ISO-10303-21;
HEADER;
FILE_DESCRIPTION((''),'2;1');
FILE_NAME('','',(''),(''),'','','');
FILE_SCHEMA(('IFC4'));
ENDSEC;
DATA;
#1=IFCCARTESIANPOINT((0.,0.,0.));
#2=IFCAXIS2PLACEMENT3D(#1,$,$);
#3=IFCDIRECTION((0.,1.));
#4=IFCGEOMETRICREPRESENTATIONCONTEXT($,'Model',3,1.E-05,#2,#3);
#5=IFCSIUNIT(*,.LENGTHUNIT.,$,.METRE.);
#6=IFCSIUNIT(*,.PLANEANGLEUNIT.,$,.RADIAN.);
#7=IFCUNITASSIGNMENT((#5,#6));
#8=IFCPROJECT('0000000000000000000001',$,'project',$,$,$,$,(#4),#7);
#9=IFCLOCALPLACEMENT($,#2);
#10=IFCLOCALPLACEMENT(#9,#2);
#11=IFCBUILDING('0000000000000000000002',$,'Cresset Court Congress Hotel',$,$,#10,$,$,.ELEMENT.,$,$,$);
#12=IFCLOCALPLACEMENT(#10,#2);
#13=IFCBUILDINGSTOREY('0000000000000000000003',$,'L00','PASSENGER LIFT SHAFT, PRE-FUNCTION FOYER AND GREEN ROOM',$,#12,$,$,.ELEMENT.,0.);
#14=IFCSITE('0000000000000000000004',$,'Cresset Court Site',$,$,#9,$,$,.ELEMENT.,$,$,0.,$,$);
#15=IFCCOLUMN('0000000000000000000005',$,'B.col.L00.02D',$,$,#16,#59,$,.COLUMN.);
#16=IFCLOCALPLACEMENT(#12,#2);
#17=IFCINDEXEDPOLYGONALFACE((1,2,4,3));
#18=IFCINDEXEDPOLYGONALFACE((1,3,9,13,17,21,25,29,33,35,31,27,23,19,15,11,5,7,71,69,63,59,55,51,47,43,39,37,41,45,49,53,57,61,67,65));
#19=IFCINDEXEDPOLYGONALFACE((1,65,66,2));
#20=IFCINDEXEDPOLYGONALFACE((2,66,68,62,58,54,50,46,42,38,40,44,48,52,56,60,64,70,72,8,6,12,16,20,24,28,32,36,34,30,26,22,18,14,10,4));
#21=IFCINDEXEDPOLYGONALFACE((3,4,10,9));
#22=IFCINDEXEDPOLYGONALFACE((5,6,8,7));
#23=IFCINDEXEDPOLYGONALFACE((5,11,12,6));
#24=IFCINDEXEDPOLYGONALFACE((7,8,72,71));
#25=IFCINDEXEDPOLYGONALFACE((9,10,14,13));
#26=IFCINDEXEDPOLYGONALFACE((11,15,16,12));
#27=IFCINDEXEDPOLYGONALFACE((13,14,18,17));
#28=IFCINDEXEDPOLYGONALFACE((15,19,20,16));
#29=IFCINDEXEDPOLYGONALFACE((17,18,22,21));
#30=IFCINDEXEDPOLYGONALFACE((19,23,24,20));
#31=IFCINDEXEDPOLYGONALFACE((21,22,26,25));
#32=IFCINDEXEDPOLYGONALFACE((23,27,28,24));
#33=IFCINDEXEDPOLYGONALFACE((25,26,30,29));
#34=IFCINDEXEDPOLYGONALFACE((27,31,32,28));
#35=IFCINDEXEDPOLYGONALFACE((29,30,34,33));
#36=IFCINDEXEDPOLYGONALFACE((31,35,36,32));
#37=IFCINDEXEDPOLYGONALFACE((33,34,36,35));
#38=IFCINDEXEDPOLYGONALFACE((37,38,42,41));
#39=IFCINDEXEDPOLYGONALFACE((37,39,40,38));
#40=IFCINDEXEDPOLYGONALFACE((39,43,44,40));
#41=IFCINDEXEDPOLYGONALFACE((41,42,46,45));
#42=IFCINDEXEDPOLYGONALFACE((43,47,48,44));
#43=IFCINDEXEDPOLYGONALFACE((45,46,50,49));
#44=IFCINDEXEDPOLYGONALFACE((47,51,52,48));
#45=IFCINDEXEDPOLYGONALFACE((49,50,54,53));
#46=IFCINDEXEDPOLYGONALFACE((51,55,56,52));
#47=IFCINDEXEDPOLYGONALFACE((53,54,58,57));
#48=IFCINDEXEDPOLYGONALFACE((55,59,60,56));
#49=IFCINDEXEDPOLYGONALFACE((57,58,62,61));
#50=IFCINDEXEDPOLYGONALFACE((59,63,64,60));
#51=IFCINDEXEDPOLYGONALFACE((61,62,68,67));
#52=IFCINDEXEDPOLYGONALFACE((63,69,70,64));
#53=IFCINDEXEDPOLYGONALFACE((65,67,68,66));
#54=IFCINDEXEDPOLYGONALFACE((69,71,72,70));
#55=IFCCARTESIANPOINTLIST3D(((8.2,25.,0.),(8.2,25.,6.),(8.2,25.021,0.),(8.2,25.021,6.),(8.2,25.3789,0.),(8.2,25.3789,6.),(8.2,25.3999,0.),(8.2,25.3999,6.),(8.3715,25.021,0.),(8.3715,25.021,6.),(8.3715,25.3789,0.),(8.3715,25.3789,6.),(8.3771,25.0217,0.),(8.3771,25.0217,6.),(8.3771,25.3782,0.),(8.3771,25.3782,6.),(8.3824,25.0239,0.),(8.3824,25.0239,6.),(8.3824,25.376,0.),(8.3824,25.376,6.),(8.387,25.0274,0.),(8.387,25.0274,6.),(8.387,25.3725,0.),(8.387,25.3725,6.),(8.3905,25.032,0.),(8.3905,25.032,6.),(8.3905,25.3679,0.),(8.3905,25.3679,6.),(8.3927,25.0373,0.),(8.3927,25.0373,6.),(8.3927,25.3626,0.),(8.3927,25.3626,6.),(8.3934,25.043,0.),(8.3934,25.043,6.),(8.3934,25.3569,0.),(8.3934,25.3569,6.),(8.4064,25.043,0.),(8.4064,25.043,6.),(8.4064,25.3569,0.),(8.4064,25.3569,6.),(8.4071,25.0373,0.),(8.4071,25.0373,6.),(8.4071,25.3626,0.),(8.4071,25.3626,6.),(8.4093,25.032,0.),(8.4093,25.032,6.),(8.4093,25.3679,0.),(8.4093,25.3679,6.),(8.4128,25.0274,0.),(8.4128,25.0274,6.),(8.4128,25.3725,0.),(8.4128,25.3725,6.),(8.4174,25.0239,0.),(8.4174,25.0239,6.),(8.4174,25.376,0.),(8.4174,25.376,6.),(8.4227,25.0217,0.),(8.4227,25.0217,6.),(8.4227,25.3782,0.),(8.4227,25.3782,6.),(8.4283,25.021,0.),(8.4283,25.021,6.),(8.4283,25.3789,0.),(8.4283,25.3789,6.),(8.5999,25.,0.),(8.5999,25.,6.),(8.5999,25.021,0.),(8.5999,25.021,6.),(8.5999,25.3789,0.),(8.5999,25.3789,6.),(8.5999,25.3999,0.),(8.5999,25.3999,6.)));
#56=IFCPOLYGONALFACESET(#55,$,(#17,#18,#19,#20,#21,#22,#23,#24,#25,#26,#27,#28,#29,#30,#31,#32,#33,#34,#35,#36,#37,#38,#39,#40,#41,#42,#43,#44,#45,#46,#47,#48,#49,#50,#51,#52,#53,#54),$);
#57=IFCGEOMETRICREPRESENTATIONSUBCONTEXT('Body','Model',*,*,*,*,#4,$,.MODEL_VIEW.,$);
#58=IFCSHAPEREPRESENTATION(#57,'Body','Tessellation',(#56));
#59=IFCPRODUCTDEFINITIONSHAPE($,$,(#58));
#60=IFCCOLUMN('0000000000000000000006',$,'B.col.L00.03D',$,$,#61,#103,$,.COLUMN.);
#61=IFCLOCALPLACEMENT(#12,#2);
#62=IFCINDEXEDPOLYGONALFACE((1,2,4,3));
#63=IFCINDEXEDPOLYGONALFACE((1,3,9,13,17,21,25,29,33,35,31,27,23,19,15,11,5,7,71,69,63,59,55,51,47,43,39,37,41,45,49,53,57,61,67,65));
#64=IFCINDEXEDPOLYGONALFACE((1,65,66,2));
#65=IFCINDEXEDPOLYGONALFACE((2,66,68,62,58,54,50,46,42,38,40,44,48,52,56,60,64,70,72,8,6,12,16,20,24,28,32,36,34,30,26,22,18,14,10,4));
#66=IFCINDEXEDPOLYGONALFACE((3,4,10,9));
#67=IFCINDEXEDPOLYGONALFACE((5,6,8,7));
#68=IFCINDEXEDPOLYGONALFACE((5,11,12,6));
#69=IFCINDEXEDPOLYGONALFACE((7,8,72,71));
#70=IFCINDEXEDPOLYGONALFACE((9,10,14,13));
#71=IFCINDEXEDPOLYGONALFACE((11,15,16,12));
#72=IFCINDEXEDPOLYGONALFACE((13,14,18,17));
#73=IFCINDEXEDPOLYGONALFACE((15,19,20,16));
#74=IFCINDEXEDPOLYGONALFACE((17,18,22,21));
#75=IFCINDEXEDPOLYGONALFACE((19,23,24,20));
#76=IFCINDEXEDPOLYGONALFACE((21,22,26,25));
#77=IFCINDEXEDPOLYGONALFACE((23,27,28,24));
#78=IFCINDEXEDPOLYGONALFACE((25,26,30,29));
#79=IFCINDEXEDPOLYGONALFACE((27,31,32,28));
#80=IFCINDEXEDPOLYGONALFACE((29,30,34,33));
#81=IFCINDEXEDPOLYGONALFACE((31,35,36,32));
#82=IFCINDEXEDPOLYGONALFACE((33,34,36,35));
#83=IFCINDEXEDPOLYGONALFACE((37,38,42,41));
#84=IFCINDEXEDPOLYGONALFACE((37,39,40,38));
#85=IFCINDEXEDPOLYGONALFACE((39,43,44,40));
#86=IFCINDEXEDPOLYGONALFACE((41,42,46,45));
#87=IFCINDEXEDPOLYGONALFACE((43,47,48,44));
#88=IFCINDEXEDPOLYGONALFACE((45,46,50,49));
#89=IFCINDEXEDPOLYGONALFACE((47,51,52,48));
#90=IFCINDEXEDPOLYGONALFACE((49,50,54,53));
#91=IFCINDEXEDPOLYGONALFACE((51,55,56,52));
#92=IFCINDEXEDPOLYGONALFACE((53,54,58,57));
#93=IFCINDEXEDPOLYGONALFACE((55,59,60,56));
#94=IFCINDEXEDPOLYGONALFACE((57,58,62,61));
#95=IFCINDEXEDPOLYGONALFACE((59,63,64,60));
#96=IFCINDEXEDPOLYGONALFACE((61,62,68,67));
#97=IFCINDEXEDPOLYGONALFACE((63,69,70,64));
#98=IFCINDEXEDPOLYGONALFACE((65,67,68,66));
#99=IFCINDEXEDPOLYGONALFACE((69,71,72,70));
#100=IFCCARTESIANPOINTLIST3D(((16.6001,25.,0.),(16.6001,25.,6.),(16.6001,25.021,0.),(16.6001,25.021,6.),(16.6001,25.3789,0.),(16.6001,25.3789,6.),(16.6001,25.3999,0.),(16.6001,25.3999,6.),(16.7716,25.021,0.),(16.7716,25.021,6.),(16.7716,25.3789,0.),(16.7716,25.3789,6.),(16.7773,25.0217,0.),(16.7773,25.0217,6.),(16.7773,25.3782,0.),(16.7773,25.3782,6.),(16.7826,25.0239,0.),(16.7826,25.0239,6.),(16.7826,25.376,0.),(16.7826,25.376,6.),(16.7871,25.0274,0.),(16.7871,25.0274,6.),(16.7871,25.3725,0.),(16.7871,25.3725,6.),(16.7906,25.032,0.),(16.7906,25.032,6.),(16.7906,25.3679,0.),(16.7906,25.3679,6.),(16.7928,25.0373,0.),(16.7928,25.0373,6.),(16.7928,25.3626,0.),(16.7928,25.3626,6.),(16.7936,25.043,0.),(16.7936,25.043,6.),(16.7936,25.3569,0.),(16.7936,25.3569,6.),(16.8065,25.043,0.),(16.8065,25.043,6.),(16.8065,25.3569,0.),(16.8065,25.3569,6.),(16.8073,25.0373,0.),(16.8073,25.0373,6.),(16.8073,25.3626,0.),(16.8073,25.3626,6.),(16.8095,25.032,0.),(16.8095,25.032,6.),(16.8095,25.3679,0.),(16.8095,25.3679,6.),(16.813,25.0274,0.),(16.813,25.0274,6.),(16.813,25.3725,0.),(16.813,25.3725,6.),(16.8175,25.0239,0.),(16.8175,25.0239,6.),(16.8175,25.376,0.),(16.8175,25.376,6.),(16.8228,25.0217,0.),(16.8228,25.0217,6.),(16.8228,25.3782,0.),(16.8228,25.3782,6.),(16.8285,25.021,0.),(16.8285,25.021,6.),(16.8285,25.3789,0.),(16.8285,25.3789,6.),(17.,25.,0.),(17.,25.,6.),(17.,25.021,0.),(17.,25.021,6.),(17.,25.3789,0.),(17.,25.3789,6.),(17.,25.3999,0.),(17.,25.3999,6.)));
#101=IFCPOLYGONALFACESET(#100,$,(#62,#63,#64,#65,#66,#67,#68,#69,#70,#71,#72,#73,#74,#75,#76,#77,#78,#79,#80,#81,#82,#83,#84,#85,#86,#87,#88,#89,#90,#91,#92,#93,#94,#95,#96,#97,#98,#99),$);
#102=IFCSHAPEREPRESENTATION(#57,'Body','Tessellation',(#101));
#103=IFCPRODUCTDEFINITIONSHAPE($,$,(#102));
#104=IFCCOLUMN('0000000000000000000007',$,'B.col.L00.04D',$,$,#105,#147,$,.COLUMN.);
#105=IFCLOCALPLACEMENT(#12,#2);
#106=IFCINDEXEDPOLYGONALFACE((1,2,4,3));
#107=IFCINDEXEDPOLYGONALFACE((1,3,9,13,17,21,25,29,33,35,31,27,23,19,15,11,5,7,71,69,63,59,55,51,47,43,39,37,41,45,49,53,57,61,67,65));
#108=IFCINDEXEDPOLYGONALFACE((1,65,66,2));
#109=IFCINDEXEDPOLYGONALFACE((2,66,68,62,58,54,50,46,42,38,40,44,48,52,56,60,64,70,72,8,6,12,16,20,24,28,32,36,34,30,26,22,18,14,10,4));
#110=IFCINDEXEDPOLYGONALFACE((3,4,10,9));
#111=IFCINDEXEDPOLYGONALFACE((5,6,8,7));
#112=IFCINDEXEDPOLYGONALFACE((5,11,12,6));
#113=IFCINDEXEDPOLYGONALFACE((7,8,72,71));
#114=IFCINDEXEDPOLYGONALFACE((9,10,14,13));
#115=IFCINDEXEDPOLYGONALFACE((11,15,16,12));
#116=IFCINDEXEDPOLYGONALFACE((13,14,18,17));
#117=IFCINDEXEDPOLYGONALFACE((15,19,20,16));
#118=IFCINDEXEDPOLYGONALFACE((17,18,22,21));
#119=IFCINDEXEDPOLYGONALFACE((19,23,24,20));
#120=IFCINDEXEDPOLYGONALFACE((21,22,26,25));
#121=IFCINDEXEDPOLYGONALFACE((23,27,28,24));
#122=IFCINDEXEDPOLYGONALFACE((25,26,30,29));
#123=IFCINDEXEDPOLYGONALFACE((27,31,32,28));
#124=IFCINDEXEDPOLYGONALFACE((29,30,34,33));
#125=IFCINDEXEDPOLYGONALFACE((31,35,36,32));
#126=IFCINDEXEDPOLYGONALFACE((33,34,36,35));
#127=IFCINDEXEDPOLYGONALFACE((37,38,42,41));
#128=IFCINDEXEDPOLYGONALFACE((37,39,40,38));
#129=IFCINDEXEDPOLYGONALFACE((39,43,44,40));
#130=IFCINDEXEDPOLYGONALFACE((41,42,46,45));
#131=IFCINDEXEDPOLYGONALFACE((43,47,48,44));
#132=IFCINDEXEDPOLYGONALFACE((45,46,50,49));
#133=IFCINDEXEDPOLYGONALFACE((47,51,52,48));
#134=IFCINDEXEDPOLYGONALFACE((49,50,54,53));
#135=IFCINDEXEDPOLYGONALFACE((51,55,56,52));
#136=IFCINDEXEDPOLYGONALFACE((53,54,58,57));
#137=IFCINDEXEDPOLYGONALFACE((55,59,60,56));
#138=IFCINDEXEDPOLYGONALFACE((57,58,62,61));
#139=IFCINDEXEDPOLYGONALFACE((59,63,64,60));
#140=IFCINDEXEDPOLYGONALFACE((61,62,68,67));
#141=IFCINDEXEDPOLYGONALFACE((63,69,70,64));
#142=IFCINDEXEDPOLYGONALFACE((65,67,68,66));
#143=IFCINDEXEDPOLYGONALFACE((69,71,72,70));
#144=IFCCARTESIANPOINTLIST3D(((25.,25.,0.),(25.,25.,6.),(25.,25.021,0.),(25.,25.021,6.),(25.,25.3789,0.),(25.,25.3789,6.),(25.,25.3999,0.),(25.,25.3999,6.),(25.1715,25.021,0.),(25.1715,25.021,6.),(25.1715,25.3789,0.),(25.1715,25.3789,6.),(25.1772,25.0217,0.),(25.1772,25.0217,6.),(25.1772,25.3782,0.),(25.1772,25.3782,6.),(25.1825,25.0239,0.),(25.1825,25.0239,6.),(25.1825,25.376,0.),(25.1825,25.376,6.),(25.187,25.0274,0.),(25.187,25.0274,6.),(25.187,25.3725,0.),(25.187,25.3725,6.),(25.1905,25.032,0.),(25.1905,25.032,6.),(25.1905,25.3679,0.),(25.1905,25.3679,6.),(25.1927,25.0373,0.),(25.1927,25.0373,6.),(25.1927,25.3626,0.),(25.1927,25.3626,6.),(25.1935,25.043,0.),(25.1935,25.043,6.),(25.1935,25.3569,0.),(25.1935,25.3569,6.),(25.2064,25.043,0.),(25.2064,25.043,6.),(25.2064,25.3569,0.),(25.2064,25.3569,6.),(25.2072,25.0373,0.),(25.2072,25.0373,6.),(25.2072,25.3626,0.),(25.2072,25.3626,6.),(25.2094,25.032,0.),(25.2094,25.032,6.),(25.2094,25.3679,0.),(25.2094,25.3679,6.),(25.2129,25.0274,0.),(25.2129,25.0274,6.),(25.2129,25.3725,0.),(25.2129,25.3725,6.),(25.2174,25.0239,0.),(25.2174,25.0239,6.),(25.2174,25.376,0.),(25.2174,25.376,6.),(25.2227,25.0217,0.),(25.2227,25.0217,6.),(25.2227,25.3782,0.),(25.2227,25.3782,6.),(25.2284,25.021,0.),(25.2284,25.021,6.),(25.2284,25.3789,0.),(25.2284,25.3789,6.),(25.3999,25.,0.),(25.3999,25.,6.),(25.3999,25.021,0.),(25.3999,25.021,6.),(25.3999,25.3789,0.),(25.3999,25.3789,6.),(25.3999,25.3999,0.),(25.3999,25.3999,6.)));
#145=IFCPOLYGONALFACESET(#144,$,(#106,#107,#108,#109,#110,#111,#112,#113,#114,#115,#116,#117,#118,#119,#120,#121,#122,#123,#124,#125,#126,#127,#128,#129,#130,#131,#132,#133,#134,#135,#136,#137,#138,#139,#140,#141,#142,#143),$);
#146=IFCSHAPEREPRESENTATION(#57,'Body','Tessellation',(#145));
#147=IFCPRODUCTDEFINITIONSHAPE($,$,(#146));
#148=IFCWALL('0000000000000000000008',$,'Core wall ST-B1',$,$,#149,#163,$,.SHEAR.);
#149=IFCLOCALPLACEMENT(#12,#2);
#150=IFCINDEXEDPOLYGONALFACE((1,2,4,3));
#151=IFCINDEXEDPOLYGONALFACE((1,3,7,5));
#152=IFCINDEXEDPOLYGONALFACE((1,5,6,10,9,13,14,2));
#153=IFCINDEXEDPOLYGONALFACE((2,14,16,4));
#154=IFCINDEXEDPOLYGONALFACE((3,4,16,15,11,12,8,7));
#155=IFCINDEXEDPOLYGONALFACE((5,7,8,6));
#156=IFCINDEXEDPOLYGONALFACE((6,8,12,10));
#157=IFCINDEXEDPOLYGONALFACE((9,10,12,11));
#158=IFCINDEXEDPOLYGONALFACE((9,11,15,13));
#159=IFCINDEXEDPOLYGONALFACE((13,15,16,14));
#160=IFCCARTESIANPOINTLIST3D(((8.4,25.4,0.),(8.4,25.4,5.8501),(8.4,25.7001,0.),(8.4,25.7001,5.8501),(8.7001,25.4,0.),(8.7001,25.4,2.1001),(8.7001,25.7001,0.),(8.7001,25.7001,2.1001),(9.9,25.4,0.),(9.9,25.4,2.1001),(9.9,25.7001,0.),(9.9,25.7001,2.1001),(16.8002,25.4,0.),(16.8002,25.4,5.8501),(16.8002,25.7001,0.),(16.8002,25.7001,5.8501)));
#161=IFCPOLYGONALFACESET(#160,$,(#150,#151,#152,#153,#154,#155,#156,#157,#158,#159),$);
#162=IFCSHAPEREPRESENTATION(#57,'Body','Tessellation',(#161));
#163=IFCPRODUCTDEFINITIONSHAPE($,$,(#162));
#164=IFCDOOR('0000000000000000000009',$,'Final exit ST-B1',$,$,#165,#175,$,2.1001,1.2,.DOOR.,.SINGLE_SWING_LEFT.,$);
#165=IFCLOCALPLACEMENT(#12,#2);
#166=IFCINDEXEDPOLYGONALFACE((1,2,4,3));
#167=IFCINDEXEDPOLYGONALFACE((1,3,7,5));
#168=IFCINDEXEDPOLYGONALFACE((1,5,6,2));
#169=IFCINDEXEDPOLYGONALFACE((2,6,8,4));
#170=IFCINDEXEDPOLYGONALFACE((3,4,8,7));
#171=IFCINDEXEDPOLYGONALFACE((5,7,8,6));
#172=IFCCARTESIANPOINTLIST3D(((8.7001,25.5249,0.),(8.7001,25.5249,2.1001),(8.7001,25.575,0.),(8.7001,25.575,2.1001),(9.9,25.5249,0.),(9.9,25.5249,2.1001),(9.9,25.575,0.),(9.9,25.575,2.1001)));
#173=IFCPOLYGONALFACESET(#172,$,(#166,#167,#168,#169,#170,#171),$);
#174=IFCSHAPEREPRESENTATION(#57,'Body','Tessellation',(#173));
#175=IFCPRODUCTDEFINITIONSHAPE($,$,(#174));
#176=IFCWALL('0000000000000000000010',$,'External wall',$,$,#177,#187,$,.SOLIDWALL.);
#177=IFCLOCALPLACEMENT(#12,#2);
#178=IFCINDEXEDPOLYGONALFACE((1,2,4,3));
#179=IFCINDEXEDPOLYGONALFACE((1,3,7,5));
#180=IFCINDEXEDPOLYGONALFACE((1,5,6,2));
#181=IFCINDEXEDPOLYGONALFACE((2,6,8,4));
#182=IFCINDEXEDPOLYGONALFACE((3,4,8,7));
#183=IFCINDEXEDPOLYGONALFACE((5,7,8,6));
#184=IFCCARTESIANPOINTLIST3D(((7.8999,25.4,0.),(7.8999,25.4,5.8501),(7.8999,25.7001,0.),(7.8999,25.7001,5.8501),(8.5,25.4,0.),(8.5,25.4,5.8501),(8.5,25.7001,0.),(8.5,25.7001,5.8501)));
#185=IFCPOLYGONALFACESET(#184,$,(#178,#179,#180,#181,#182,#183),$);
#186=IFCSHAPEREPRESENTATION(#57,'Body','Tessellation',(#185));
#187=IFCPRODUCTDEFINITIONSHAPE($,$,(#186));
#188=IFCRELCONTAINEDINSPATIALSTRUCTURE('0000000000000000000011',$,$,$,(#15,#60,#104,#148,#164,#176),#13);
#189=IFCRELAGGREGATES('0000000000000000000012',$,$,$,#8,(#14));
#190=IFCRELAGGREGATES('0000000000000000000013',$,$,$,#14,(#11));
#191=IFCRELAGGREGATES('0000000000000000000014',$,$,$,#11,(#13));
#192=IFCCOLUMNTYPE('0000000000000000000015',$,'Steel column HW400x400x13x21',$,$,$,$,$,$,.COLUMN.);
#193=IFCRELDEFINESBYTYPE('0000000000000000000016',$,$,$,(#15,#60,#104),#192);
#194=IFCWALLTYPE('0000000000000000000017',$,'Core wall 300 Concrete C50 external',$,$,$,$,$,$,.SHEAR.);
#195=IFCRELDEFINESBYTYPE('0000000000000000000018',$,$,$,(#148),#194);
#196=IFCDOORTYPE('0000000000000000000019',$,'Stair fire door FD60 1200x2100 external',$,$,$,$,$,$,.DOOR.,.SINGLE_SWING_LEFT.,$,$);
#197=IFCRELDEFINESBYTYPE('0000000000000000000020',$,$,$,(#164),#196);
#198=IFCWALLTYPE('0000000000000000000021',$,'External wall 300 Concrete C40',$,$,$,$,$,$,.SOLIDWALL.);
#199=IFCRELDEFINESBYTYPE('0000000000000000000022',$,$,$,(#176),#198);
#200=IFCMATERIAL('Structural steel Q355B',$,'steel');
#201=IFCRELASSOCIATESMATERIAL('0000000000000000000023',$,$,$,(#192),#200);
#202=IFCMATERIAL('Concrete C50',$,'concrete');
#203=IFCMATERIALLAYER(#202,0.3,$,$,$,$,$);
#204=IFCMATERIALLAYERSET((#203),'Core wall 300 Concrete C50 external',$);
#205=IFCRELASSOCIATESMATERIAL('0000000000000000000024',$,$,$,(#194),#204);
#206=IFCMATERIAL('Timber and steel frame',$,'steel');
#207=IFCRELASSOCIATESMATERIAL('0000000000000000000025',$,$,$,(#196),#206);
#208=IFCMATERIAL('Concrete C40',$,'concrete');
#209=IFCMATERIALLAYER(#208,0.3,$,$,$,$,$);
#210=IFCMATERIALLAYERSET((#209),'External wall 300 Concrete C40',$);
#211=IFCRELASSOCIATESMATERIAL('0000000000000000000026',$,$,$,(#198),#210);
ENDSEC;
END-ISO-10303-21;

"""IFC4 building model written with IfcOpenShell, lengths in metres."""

from ifc_helpers import new_model, si_unit, direction, frame, frame_2d, origin, origin_2d, place, context, subcontext, project, spatial, rectangle, i_section, extrude, material, layer, layer_set, material_profile, profile_set, type_object, element, fill, save


model = new_model("IFC4")

# Units and contexts
model_context = context("Model", 3, precision=1e-05, world=origin(), true_north=direction((0.0, 1.0)))
body_context = subcontext(model_context, "Body", "Model", "MODEL_VIEW")
ifc_project = project(units=[si_unit("LENGTHUNIT", "METRE"), si_unit("PLANEANGLEUNIT", "RADIAN")], contexts=[model_context])

# Site, building, storey
site_placement = place(None, origin())
site = spatial("IfcSite", under=ifc_project, at=site_placement, Name="Cresset Court Site", CompositionType="ELEMENT", RefElevation=0.0)
building_placement = place(site_placement, origin())
building = spatial("IfcBuilding", under=site, at=building_placement, Name="Cresset Court Congress Hotel", CompositionType="ELEMENT")
storey_placement = place(building_placement, origin())
storey = spatial("IfcBuildingStorey", under=building, at=storey_placement, Name="L00", Description="PASSENGER LIFT SHAFT, PRE-FUNCTION FOYER AND GREEN ROOM", CompositionType="ELEMENT", Elevation=0.0)

# Columns
ifc_material_1 = material(Name="Structural steel Q355B", Category="steel")
ifc_material_profile = material_profile(ifc_material_1, i_section(OverallWidth=0.3999, OverallDepth=0.3999, WebThickness=0.0129, FlangeThickness=0.021, FilletRadius=0.022, at=origin_2d()), Name="HW400x400x13x21")
ifc_profile_set = profile_set([ifc_material_profile], Name="Structural steel Q355B")
column_type = type_object("IfcColumnType", Name="Steel column HW400x400x13x21", PredefinedType="COLUMN", material=ifc_profile_set)
for number, where, z_axis, x_axis, name in (
    (1, (8.3999, 25.2, 0.0), (0.0, 0.0, 1.0), (1.0, 0.0, 0.0), "B.col.L00.02D"),
    (2, (16.8, 25.2, 0.0), (0.0, 0.0, 1.0), (1.0, 0.0, 0.0), "B.col.L00.03D"),
    (3, (25.2, 25.2, 0.0), (0.0, 0.0, 1.0), (1.0, 0.0, 0.0), "B.col.L00.04D"),
):
    element("IfcColumn", number, at=place(storey_placement, frame(where, z_axis=z_axis, x_axis=x_axis)), inside=storey, type_object=column_type, Name=name, PredefinedType="COLUMN", context=body_context, shape_type="SweptSolid", body=[
        extrude(i_section(OverallWidth=0.3999, OverallDepth=0.3999, WebThickness=0.0129, FlangeThickness=0.021, FilletRadius=0.022, at=origin_2d()), origin(), (0.0, 0.0, 1.0), 6.0),
    ])

# Wall, opening, door
ifc_material_2 = material(Name="Concrete C50", Category="concrete")
ifc_layer_1 = layer(ifc_material_2, 0.3)
ifc_layer_set_1 = layer_set([ifc_layer_1], Name="Core wall 300 Concrete C50 external")
wall_type_1 = type_object("IfcWallType", Name="Core wall 300 Concrete C50 external", PredefinedType="SHEAR", material=ifc_layer_set_1)
wall_1_placement = place(storey_placement, frame((8.3999, 25.55, 0.0), z_axis=(0.0, 0.0, 1.0), x_axis=(1.0, 0.0, 0.0)))
wall_1 = element("IfcWall", 4, at=wall_1_placement, inside=storey, type_object=wall_type_1, Name="Core wall ST-B1", PredefinedType="SHEAR", context=body_context, shape_type="SweptSolid", body=[
    extrude(rectangle(XDim=8.4001, YDim=0.3, at=frame_2d((4.2002, 0.0))), origin(), (0.0, 0.0, 1.0), 5.8501),
])
opening_placement = place(wall_1_placement, frame((0.3, 0.0, 0.0)))
opening = element("IfcOpeningElement", 5, at=opening_placement, cuts=wall_1, PredefinedType="OPENING", context=body_context, shape_type="SweptSolid", body=[
    extrude(rectangle(XDim=1.2, YDim=2.1001, at=frame_2d((0.6001, 1.05))), frame((0.0, 0.1599, 0.0), z_axis=(0.0, -1.0, 0.0), x_axis=(1.0, 0.0, 0.0)), (0.0, 0.0, 1.0), 0.3201),
])
ifc_material_3 = material(Name="Timber and steel frame", Category="steel")
door_type = type_object("IfcDoorType", Name="Stair fire door FD60 1200x2100 external", OperationType="SINGLE_SWING_LEFT", PredefinedType="DOOR", material=ifc_material_3)
door_placement = place(opening_placement, origin())
door = element("IfcDoor", 6, at=door_placement, inside=storey, type_object=door_type, Name="Final exit ST-B1", OperationType="SINGLE_SWING_LEFT", OverallHeight=2.1001, OverallWidth=1.2, PredefinedType="DOOR", context=body_context, shape_type="SweptSolid", body=[
    extrude(rectangle(XDim=1.2, YDim=2.1001, at=frame_2d((0.6001, 1.05))), frame((0.0, 0.0249, 0.0), z_axis=(0.0, -1.0, 0.0), x_axis=(1.0, 0.0, 0.0)), (0.0, 0.0, 1.0), 0.05),
])
fill(opening, door)

# Wall
ifc_material_4 = material(Name="Concrete C40", Category="concrete")
ifc_layer_2 = layer(ifc_material_4, 0.3)
ifc_layer_set_2 = layer_set([ifc_layer_2], Name="External wall 300 Concrete C40")
wall_type_2 = type_object("IfcWallType", Name="External wall 300 Concrete C40", PredefinedType="SOLIDWALL", material=ifc_layer_set_2)
wall_2_placement = place(storey_placement, frame((7.8999, 25.55, 0.0), z_axis=(0.0, 0.0, 1.0), x_axis=(1.0, 0.0, 0.0)))
element("IfcWall", 7, at=wall_2_placement, inside=storey, type_object=wall_type_2, Name="External wall", PredefinedType="SOLIDWALL", context=body_context, shape_type="SweptSolid", body=[
    extrude(rectangle(XDim=0.6001, YDim=0.3, at=frame_2d((0.3, 0.0))), origin(), (0.0, 0.0, 1.0), 5.8501),
])

save(model, "model.ifc")
